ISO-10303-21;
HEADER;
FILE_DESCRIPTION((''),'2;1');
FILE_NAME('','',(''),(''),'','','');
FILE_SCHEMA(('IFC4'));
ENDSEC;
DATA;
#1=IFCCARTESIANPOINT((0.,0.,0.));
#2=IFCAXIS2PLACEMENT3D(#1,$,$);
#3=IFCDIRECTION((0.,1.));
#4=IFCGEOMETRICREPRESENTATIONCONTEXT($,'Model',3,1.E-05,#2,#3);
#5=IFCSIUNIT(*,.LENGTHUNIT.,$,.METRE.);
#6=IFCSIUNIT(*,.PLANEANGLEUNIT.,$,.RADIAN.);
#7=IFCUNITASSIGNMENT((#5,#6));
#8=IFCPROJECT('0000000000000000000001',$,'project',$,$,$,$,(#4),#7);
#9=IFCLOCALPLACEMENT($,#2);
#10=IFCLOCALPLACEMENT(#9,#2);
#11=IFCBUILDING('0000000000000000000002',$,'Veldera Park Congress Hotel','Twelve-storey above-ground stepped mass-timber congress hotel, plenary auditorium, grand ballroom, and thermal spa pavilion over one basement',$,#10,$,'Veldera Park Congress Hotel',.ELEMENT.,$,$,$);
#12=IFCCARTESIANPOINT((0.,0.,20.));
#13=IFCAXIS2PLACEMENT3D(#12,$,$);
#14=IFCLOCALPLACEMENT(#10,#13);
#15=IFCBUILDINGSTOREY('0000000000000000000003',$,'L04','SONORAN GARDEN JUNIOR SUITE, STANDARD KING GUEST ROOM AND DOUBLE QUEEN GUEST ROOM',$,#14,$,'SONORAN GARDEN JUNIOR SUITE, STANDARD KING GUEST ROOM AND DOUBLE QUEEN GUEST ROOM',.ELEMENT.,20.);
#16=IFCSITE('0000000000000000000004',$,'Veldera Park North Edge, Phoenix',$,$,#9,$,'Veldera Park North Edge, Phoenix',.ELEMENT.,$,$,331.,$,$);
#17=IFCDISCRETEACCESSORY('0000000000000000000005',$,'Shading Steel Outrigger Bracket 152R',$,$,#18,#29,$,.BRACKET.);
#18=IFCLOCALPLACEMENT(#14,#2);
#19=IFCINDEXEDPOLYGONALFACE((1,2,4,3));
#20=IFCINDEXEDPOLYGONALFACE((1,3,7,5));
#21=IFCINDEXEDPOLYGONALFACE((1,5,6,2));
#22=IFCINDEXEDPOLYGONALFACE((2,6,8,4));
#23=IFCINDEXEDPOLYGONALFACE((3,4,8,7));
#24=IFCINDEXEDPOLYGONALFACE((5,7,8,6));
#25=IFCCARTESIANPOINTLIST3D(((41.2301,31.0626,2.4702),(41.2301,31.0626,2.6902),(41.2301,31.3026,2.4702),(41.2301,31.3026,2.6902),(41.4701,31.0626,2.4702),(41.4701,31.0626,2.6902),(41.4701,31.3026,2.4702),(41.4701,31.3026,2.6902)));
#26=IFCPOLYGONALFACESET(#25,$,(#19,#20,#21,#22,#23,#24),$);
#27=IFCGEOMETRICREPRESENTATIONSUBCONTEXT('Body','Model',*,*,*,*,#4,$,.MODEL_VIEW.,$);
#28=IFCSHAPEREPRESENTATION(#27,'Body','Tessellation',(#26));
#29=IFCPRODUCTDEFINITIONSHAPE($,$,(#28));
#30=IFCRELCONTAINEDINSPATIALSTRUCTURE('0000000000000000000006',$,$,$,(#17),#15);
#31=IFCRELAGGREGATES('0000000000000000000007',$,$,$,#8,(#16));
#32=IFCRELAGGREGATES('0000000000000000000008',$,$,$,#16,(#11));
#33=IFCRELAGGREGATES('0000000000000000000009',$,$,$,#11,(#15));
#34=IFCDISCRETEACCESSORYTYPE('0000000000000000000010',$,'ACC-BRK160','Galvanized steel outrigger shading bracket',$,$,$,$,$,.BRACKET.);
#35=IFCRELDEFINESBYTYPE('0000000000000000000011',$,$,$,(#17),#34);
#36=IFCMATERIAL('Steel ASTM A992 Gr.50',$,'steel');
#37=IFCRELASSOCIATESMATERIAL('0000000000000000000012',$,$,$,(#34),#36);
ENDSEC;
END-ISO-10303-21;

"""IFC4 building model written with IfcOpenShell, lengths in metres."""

from ifc_helpers import new_model, si_unit, direction, frame, origin, origin_2d, place, context, subcontext, project, spatial, rectangle, extrude, material, type_object, element, save


model = new_model("IFC4")

# Units and contexts
model_context = context("Model", 3, precision=1e-05, world=origin(), true_north=direction((0.0, 1.0)))
body_context = subcontext(model_context, "Body", "Model", "MODEL_VIEW")
ifc_project = project(units=[si_unit("LENGTHUNIT", "METRE"), si_unit("PLANEANGLEUNIT", "RADIAN")], contexts=[model_context])

# Site, building, storey
site_placement = place(None, origin())
site = spatial("IfcSite", under=ifc_project, at=site_placement, Name="Veldera Park North Edge, Phoenix", LongName="Veldera Park North Edge, Phoenix", CompositionType="ELEMENT", RefElevation=331.0)
building_placement = place(site_placement, origin())
building = spatial("IfcBuilding", under=site, at=building_placement, Name="Veldera Park Congress Hotel", Description="Twelve-storey above-ground stepped mass-timber congress hotel, plenary auditorium, grand ballroom, and thermal spa pavilion over one basement", LongName="Veldera Park Congress Hotel", CompositionType="ELEMENT")
storey_placement = place(building_placement, frame((0.0, 0.0, 20.0)))
storey = spatial("IfcBuildingStorey", under=building, at=storey_placement, Name="L04", Description="SONORAN GARDEN JUNIOR SUITE, STANDARD KING GUEST ROOM AND DOUBLE QUEEN GUEST ROOM", LongName="SONORAN GARDEN JUNIOR SUITE, STANDARD KING GUEST ROOM AND DOUBLE QUEEN GUEST ROOM", CompositionType="ELEMENT", Elevation=20.0)

# Discrete accessory
ifc_material_1 = material(Name="Steel ASTM A992 Gr.50", Category="steel")
discrete_accessory_type = type_object("IfcDiscreteAccessoryType", Name="ACC-BRK160", Description="Galvanized steel outrigger shading bracket", PredefinedType="BRACKET", material=ifc_material_1)
for number, where, z_axis, x_axis, name in (
    (1, (41.3501, 31.1826, 2.4702), (0.0, 0.0, 1.0), (0.0, -1.0, 0.0), "Shading Steel Outrigger Bracket 152R"),
):
    element("IfcDiscreteAccessory", number, at=place(storey_placement, frame(where, z_axis=z_axis, x_axis=x_axis)), inside=storey, type_object=discrete_accessory_type, Name=name, PredefinedType="BRACKET", context=body_context, shape_type="SweptSolid", body=[
        extrude(rectangle(XDim=0.24, YDim=0.24, at=origin_2d()), origin(), (0.0, 0.0, 1.0), 0.22),
    ])

save(model, "model.ifc")
